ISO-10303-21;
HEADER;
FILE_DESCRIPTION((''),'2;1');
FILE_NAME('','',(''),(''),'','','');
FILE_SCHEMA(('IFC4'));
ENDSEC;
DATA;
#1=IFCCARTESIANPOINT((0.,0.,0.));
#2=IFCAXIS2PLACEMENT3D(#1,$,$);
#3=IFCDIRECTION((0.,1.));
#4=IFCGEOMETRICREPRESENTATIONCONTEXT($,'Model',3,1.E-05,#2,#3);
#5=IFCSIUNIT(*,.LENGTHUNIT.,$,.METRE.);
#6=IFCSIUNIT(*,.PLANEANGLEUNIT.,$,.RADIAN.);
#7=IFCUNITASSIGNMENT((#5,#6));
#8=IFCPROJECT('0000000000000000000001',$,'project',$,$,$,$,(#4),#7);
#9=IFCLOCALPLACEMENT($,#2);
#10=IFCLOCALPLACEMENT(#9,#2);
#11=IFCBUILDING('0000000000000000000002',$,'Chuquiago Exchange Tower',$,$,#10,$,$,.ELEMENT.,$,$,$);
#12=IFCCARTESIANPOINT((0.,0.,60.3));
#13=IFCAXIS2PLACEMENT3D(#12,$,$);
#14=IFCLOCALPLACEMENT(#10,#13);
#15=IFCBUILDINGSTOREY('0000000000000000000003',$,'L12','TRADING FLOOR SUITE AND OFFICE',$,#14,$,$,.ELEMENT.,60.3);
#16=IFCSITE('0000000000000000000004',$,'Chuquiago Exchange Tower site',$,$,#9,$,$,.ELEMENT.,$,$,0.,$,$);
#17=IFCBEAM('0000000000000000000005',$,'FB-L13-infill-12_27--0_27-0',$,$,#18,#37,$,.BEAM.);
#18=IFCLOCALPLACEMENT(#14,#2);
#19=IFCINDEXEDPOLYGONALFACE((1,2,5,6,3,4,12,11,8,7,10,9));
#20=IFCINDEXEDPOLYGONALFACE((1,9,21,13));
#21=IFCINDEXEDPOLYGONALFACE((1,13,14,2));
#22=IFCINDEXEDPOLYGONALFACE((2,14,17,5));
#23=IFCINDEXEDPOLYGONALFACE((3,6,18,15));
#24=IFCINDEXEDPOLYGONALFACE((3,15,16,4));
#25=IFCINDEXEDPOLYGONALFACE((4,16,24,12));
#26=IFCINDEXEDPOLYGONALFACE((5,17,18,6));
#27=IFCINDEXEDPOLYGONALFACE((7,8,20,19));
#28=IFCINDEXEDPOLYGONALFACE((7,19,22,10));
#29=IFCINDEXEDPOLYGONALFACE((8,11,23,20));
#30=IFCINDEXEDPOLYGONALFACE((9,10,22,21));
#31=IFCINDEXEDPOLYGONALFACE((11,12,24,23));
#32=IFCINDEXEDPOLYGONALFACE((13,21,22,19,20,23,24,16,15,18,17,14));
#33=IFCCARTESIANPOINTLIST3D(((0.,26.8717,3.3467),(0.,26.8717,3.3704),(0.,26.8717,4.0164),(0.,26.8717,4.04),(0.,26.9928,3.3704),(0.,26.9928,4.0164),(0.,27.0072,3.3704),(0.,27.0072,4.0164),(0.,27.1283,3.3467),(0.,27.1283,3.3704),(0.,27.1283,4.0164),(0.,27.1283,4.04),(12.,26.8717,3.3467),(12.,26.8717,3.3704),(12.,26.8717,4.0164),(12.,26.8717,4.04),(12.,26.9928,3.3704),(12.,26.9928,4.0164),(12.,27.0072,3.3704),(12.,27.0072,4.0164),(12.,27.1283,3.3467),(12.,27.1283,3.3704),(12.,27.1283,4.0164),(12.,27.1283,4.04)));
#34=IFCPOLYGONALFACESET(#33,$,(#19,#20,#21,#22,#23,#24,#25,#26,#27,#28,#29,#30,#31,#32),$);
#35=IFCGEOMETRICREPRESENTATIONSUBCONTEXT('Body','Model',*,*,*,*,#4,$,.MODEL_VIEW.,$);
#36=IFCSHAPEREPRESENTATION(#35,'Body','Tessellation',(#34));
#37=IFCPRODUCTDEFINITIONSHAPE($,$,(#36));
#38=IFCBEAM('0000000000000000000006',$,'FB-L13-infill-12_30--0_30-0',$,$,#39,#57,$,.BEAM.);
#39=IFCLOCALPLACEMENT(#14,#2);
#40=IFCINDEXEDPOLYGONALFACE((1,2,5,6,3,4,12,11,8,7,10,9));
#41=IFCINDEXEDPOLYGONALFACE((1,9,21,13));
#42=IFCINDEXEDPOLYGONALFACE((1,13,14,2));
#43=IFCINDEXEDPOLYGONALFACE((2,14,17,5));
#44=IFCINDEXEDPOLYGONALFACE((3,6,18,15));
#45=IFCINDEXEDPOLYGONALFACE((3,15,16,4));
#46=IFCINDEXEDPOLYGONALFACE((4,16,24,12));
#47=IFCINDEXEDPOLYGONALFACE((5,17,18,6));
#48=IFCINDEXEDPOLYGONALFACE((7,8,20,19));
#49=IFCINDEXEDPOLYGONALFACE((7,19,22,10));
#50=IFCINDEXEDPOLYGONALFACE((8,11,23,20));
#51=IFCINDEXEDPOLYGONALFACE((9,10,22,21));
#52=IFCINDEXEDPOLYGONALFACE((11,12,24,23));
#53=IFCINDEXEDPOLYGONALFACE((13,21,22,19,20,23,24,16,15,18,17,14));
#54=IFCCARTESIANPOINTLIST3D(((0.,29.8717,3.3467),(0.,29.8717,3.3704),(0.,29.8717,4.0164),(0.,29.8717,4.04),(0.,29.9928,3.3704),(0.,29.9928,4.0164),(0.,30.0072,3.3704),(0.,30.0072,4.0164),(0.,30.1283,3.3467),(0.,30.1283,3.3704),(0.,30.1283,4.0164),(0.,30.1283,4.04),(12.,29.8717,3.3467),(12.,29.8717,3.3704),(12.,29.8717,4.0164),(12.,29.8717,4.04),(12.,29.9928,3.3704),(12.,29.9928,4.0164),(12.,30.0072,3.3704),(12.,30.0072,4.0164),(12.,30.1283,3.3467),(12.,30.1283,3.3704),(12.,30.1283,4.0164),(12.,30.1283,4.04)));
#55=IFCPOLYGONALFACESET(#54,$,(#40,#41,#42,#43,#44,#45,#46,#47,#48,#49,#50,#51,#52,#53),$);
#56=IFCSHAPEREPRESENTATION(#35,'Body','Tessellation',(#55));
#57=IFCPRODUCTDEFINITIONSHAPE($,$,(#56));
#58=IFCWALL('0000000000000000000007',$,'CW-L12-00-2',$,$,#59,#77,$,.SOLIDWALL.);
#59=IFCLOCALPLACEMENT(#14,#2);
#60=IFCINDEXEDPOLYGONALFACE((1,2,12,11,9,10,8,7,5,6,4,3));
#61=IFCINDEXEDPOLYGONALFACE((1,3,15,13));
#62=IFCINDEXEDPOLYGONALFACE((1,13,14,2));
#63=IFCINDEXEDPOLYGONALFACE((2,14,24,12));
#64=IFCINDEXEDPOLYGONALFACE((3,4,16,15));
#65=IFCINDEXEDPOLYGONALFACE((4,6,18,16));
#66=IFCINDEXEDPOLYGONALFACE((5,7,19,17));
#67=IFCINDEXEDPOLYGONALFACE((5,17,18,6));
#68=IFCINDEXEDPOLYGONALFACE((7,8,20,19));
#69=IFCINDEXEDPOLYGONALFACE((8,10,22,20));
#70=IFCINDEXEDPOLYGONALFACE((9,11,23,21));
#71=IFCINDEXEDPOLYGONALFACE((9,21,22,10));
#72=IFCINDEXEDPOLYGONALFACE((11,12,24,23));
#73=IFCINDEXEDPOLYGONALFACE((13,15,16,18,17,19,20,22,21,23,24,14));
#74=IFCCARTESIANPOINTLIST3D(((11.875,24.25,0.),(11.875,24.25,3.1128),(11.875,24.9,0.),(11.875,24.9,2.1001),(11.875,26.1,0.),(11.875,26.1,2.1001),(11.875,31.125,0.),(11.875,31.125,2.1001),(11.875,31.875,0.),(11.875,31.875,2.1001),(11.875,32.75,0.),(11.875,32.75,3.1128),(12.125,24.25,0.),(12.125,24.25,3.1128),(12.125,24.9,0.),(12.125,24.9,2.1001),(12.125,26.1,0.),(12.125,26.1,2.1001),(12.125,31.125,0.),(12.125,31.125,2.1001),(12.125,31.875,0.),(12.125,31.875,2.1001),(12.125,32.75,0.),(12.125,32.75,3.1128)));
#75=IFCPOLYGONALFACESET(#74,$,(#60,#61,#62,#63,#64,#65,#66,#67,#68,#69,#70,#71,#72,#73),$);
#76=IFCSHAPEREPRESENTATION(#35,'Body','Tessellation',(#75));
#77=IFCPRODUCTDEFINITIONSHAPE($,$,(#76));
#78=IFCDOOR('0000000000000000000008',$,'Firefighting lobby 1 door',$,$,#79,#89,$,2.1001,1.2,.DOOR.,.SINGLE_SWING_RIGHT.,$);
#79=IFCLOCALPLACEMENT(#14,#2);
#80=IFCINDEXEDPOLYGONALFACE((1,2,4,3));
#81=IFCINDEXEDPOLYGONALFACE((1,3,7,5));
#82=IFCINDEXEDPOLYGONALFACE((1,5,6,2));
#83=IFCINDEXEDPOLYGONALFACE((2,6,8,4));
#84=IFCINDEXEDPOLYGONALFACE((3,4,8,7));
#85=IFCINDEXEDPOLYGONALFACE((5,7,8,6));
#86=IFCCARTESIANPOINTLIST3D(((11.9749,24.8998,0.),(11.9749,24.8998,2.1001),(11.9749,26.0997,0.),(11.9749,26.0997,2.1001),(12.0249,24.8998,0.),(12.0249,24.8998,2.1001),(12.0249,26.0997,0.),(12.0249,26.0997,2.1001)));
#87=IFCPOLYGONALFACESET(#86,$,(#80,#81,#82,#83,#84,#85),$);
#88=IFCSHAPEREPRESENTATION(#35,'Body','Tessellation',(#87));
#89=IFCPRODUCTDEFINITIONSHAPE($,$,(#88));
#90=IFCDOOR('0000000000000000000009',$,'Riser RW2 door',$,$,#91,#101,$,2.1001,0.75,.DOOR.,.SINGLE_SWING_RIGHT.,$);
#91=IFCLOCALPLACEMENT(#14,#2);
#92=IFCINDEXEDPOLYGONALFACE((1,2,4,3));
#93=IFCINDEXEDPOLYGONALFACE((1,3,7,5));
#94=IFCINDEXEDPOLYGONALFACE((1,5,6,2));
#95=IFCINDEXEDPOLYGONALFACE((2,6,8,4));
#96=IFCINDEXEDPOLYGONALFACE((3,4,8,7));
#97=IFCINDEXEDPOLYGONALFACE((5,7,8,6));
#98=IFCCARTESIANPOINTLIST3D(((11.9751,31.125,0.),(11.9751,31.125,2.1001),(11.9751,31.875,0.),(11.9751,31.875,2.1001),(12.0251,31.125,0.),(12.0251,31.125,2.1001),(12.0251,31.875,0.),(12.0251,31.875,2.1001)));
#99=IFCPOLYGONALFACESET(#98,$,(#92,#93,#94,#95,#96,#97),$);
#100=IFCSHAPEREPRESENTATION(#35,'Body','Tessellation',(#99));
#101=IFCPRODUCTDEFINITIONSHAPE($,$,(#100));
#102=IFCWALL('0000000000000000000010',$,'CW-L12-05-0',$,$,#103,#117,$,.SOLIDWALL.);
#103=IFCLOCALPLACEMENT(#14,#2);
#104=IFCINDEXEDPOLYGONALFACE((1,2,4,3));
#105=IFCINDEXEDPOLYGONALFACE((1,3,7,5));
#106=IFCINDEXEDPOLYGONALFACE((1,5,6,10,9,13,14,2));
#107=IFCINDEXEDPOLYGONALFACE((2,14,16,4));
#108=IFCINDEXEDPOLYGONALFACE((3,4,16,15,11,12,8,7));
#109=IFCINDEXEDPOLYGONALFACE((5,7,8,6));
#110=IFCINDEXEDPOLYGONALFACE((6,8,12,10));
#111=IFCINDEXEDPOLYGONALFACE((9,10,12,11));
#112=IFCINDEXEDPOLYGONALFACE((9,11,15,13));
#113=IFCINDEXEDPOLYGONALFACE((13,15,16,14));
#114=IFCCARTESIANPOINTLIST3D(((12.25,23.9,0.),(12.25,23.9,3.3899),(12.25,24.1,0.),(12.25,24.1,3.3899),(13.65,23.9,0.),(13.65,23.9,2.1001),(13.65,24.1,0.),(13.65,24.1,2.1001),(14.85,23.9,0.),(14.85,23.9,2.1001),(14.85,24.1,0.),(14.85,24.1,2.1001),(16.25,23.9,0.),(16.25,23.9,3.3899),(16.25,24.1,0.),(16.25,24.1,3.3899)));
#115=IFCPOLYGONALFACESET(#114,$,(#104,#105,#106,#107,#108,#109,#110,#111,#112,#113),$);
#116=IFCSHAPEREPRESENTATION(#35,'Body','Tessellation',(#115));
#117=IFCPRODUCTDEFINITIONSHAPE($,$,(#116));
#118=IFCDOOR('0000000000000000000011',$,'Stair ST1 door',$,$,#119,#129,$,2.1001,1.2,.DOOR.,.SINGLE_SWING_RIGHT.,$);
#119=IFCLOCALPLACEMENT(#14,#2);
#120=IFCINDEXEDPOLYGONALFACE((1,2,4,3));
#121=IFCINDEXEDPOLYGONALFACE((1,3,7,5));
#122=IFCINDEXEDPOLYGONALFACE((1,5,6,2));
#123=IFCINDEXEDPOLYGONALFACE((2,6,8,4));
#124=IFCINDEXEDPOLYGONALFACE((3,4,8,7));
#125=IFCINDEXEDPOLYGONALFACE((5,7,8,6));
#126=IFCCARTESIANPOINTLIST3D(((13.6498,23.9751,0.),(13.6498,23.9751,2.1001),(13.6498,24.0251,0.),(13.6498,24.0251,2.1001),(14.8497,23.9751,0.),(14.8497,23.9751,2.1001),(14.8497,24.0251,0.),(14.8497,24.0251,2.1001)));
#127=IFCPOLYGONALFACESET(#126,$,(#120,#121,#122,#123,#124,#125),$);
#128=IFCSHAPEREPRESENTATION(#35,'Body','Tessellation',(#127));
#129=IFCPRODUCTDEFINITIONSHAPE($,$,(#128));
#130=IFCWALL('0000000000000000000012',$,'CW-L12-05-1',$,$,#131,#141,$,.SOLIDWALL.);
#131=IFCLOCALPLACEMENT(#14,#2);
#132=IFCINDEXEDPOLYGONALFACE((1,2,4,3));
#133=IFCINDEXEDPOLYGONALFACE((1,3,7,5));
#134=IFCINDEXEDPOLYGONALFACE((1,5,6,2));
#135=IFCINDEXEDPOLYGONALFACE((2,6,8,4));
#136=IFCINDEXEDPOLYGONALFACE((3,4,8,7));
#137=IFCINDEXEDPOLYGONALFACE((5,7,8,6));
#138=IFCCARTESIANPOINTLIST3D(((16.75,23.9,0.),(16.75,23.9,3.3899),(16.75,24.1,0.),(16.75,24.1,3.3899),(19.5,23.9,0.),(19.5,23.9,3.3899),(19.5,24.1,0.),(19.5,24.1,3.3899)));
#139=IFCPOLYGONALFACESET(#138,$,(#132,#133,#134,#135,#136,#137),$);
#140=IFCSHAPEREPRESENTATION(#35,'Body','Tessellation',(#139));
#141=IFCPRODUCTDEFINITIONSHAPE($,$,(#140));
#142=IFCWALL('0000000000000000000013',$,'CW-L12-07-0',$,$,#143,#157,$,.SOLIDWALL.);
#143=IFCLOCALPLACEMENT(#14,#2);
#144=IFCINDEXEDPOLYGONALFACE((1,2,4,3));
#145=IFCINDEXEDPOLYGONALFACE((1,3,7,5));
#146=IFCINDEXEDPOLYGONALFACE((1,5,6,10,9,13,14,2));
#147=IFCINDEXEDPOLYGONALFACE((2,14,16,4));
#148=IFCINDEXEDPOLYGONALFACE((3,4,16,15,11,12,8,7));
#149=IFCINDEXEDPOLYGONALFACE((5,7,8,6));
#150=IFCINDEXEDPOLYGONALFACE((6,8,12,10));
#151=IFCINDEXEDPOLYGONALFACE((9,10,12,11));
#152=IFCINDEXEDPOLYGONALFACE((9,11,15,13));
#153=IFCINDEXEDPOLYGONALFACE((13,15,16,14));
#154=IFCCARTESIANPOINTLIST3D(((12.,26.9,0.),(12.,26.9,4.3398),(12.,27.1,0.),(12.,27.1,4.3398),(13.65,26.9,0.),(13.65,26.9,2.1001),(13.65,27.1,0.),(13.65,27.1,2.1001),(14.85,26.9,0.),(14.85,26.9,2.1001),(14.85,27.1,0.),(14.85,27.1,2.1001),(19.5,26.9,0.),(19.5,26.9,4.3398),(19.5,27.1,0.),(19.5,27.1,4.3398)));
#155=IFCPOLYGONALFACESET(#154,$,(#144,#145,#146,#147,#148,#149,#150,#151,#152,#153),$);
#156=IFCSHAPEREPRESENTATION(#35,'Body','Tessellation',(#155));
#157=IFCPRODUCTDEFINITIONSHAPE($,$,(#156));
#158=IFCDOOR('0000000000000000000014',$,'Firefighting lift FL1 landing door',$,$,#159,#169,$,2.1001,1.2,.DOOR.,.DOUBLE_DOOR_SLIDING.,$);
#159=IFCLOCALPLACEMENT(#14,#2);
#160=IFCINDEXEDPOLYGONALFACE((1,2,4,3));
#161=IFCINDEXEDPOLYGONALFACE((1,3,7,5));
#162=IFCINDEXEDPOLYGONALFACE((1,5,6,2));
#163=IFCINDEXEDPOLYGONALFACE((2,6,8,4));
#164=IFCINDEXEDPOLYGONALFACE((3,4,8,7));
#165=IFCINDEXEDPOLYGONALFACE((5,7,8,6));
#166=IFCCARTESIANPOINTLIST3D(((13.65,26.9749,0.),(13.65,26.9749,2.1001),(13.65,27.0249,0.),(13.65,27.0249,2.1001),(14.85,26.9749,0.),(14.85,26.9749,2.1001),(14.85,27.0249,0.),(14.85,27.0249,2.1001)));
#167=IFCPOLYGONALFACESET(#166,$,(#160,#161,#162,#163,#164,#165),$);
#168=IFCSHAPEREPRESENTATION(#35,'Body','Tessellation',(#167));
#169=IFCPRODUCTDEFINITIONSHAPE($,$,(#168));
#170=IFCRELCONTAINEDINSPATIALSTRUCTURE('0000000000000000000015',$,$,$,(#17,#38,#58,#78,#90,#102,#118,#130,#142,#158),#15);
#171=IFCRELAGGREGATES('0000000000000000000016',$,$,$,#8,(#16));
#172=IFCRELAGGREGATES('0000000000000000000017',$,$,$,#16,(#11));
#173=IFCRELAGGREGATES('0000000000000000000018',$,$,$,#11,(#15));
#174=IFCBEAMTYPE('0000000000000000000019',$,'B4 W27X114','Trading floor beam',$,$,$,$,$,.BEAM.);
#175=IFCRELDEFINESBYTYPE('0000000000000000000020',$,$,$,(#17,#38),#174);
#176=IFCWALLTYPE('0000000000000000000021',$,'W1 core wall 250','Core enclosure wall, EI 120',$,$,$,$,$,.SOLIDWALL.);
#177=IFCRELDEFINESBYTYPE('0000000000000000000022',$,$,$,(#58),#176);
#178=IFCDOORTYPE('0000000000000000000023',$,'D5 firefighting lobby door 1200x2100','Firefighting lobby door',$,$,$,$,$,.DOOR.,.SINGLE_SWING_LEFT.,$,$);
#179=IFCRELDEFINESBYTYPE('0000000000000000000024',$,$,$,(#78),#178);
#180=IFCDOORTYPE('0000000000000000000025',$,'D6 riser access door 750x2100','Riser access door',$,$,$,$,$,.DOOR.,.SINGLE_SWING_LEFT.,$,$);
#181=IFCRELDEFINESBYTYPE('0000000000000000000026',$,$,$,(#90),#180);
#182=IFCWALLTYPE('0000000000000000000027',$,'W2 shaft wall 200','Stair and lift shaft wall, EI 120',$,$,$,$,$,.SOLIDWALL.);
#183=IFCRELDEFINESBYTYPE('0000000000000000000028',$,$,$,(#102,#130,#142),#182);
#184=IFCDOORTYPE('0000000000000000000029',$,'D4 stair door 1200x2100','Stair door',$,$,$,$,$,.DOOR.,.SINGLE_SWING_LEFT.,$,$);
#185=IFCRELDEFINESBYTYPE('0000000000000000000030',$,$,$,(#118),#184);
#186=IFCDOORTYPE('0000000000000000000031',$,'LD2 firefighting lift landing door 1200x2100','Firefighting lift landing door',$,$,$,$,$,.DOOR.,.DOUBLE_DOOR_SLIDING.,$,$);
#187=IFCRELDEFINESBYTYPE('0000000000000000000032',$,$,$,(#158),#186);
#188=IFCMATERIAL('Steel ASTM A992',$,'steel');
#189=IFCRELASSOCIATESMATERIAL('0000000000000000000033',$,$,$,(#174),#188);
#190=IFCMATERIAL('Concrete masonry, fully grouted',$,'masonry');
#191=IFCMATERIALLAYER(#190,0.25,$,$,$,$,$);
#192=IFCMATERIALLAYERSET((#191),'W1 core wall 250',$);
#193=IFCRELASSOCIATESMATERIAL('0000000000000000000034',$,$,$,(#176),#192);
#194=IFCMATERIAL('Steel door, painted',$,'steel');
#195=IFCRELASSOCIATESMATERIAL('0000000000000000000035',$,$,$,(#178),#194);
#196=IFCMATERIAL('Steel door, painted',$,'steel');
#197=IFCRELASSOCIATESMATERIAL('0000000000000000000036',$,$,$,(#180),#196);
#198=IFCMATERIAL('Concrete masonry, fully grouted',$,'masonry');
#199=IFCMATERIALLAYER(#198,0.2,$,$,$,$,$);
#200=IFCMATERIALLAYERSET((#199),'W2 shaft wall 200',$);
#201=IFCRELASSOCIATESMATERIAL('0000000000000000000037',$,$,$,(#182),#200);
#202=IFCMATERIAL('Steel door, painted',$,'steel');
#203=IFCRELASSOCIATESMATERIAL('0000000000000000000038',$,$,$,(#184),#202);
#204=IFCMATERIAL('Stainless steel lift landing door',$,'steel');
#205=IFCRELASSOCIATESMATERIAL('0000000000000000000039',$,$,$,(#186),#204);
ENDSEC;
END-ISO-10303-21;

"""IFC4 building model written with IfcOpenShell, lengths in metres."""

from ifc_helpers import new_model, si_unit, direction, frame, frame_2d, origin, origin_2d, place, context, subcontext, project, spatial, rectangle, i_section, extrude, material, layer, layer_set, material_profile, profile_set, type_object, element, fill, save


model = new_model("IFC4")

# Units and contexts
model_context = context("Model", 3, precision=1e-05, world=origin(), true_north=direction((0.0, 1.0)))
body_context = subcontext(model_context, "Body", "Model", "MODEL_VIEW")
ifc_project = project(units=[si_unit("LENGTHUNIT", "METRE"), si_unit("PLANEANGLEUNIT", "RADIAN")], contexts=[model_context])

# Site, building, storey
site_placement = place(None, origin())
site = spatial("IfcSite", under=ifc_project, at=site_placement, Name="Chuquiago Exchange Tower site", CompositionType="ELEMENT", RefElevation=0.0)
building_placement = place(site_placement, origin())
building = spatial("IfcBuilding", under=site, at=building_placement, Name="Chuquiago Exchange Tower", CompositionType="ELEMENT")
storey_placement = place(building_placement, frame((0.0, 0.0, 60.3)))
storey = spatial("IfcBuildingStorey", under=building, at=storey_placement, Name="L12", Description="TRADING FLOOR SUITE AND OFFICE", CompositionType="ELEMENT", Elevation=60.3)

# Beams
ifc_material_1 = material(Name="Steel ASTM A992", Category="steel")
ifc_material_profile_1 = material_profile(ifc_material_1, i_section(OverallWidth=0.2566, OverallDepth=0.6934, WebThickness=0.0144, FlangeThickness=0.0237, at=origin_2d()), Name="W27X114")
ifc_profile_set_1 = profile_set([ifc_material_profile_1], Name="Steel ASTM A992")
beam_type_1 = type_object("IfcBeamType", Name="B4 W27X114", Description="Trading floor beam", PredefinedType="BEAM", material=ifc_profile_set_1)
for number, where, z_axis, x_axis, name in (
    (1, (12.0, 27.0, 3.6934), (-1.0, 0.0, 0.0), (0.0, -1.0, 0.0), "FB-L13-infill-12_27--0_27-0"),
    (2, (12.0, 30.0, 3.6934), (-1.0, 0.0, 0.0), (0.0, -1.0, 0.0), "FB-L13-infill-12_30--0_30-0"),
):
    element("IfcBeam", number, at=place(storey_placement, frame(where, z_axis=z_axis, x_axis=x_axis)), inside=storey, type_object=beam_type_1, Name=name, PredefinedType="BEAM", context=body_context, shape_type="SweptSolid", body=[
        extrude(i_section(OverallWidth=0.2566, OverallDepth=0.6934, WebThickness=0.0144, FlangeThickness=0.0237, at=origin_2d()), origin(), (0.0, 0.0, 1.0), 12.0),
    ])

# Wall, openings, doors
ifc_material_2 = material(Name="Concrete masonry, fully grouted", Category="masonry")
ifc_layer_1 = layer(ifc_material_2, 0.25)
ifc_layer_set_1 = layer_set([ifc_layer_1], Name="W1 core wall 250")
wall_type_1 = type_object("IfcWallType", Name="W1 core wall 250", Description="Core enclosure wall, EI 120", PredefinedType="SOLIDWALL", material=ifc_layer_set_1)
wall_1_placement = place(storey_placement, frame((12.0, 24.25, 0.0), z_axis=(0.0, 0.0, 1.0), x_axis=(0.0, 1.0, 0.0)))
wall_1 = element("IfcWall", 3, at=wall_1_placement, inside=storey, type_object=wall_type_1, Name="CW-L12-00-2", PredefinedType="SOLIDWALL", context=body_context, shape_type="SweptSolid", body=[
    extrude(rectangle(XDim=8.5, YDim=0.25, at=frame_2d((4.25, 0.0))), origin(), (0.0, 0.0, 1.0), 3.1128),
])
opening_1_placement = place(wall_1_placement, frame((0.6499, 0.0, 0.0)))
opening_1 = element("IfcOpeningElement", 4, at=opening_1_placement, cuts=wall_1, PredefinedType="OPENING", context=body_context, shape_type="SweptSolid", body=[
    extrude(rectangle(XDim=1.2, YDim=2.1001, at=frame_2d((0.6001, 1.05))), frame((0.0, 0.135, 0.0), z_axis=(0.0, -1.0, 0.0), x_axis=(1.0, 0.0, 0.0)), (0.0, 0.0, 1.0), 0.27),
])
opening_2_placement = place(wall_1_placement, frame((6.875, 0.0, 0.0)))
opening_2 = element("IfcOpeningElement", 5, at=opening_2_placement, cuts=wall_1, PredefinedType="OPENING", context=body_context, shape_type="SweptSolid", body=[
    extrude(rectangle(XDim=0.75, YDim=2.1001, at=frame_2d((0.375, 1.05))), frame((0.0, 0.135, 0.0), z_axis=(0.0, -1.0, 0.0), x_axis=(1.0, 0.0, 0.0)), (0.0, 0.0, 1.0), 0.27),
])
ifc_material_3 = material(Name="Steel door, painted", Category="steel")
door_type_1 = type_object("IfcDoorType", Name="D5 firefighting lobby door 1200x2100", Description="Firefighting lobby door", OperationType="SINGLE_SWING_LEFT", PredefinedType="DOOR", material=ifc_material_3)
door_1_placement = place(opening_1_placement, frame((1.2, 0.0, 0.0), z_axis=(0.0, 0.0, 1.0), x_axis=(-1.0, 0.0, 0.0)))
door_1 = element("IfcDoor", 6, at=door_1_placement, inside=storey, type_object=door_type_1, Name="Firefighting lobby 1 door", OperationType="SINGLE_SWING_RIGHT", OverallHeight=2.1001, OverallWidth=1.2, PredefinedType="DOOR", context=body_context, shape_type="SweptSolid", body=[
    extrude(rectangle(XDim=1.2, YDim=2.1001, at=frame_2d((0.6001, 1.05))), frame((0.0, 0.0249, 0.0), z_axis=(0.0, -1.0, 0.0), x_axis=(1.0, 0.0, 0.0)), (0.0, 0.0, 1.0), 0.05),
])
fill(opening_1, door_1)
ifc_material_4 = material(Name="Steel door, painted", Category="steel")
door_type_2 = type_object("IfcDoorType", Name="D6 riser access door 750x2100", Description="Riser access door", OperationType="SINGLE_SWING_LEFT", PredefinedType="DOOR", material=ifc_material_4)
door_2_placement = place(opening_2_placement, origin())
door_2 = element("IfcDoor", 7, at=door_2_placement, inside=storey, type_object=door_type_2, Name="Riser RW2 door", OperationType="SINGLE_SWING_RIGHT", OverallHeight=2.1001, OverallWidth=0.75, PredefinedType="DOOR", context=body_context, shape_type="SweptSolid", body=[
    extrude(rectangle(XDim=0.75, YDim=2.1001, at=frame_2d((0.375, 1.05))), frame((0.0, 0.0249, 0.0), z_axis=(0.0, -1.0, 0.0), x_axis=(1.0, 0.0, 0.0)), (0.0, 0.0, 1.0), 0.05),
])
fill(opening_2, door_2)

# Wall, opening, door
ifc_material_5 = material(Name="Concrete masonry, fully grouted", Category="masonry")
ifc_layer_2 = layer(ifc_material_5, 0.2)
ifc_layer_set_2 = layer_set([ifc_layer_2], Name="W2 shaft wall 200")
wall_type_2 = type_object("IfcWallType", Name="W2 shaft wall 200", Description="Stair and lift shaft wall, EI 120", PredefinedType="SOLIDWALL", material=ifc_layer_set_2)
wall_2_placement = place(storey_placement, frame((12.25, 24.0, 0.0), z_axis=(0.0, 0.0, 1.0), x_axis=(1.0, 0.0, 0.0)))
wall_2 = element("IfcWall", 8, at=wall_2_placement, inside=storey, type_object=wall_type_2, Name="CW-L12-05-0", PredefinedType="SOLIDWALL", context=body_context, shape_type="SweptSolid", body=[
    extrude(rectangle(XDim=4.0, YDim=0.2, at=frame_2d((2.0, 0.0))), origin(), (0.0, 0.0, 1.0), 3.3899),
])
opening_3_placement = place(wall_2_placement, frame((1.3999, 0.0, 0.0)))
opening_3 = element("IfcOpeningElement", 9, at=opening_3_placement, cuts=wall_2, PredefinedType="OPENING", context=body_context, shape_type="SweptSolid", body=[
    extrude(rectangle(XDim=1.2, YDim=2.1001, at=frame_2d((0.6001, 1.05))), frame((0.0, 0.1099, 0.0), z_axis=(0.0, -1.0, 0.0), x_axis=(1.0, 0.0, 0.0)), (0.0, 0.0, 1.0), 0.22),
])
ifc_material_6 = material(Name="Steel door, painted", Category="steel")
door_type_3 = type_object("IfcDoorType", Name="D4 stair door 1200x2100", Description="Stair door", OperationType="SINGLE_SWING_LEFT", PredefinedType="DOOR", material=ifc_material_6)
door_3_placement = place(opening_3_placement, frame((1.2, 0.0, 0.0), z_axis=(0.0, 0.0, 1.0), x_axis=(-1.0, 0.0, 0.0)))
door_3 = element("IfcDoor", 10, at=door_3_placement, inside=storey, type_object=door_type_3, Name="Stair ST1 door", OperationType="SINGLE_SWING_RIGHT", OverallHeight=2.1001, OverallWidth=1.2, PredefinedType="DOOR", context=body_context, shape_type="SweptSolid", body=[
    extrude(rectangle(XDim=1.2, YDim=2.1001, at=frame_2d((0.6001, 1.05))), frame((0.0, 0.0249, 0.0), z_axis=(0.0, -1.0, 0.0), x_axis=(1.0, 0.0, 0.0)), (0.0, 0.0, 1.0), 0.05),
])
fill(opening_3, door_3)

# Wall
wall_3_placement = place(storey_placement, frame((16.75, 24.0, 0.0), z_axis=(0.0, 0.0, 1.0), x_axis=(1.0, 0.0, 0.0)))
element("IfcWall", 11, at=wall_3_placement, inside=storey, type_object=wall_type_2, Name="CW-L12-05-1", PredefinedType="SOLIDWALL", context=body_context, shape_type="SweptSolid", body=[
    extrude(rectangle(XDim=2.75, YDim=0.2, at=frame_2d((1.375, 0.0))), origin(), (0.0, 0.0, 1.0), 3.3899),
])

# Wall, opening, door
wall_4_placement = place(storey_placement, frame((12.0, 27.0, 0.0), z_axis=(0.0, 0.0, 1.0), x_axis=(1.0, 0.0, 0.0)))
wall_4 = element("IfcWall", 12, at=wall_4_placement, inside=storey, type_object=wall_type_2, Name="CW-L12-07-0", PredefinedType="SOLIDWALL", context=body_context, shape_type="SweptSolid", body=[
    extrude(rectangle(XDim=7.5, YDim=0.2, at=frame_2d((3.75, 0.0))), origin(), (0.0, 0.0, 1.0), 4.3398),
])
opening_4_placement = place(wall_4_placement, frame((1.6499, 0.0, 0.0)))
opening_4 = element("IfcOpeningElement", 13, at=opening_4_placement, cuts=wall_4, PredefinedType="OPENING", context=body_context, shape_type="SweptSolid", body=[
    extrude(rectangle(XDim=1.2, YDim=2.1001, at=frame_2d((0.6001, 1.05))), frame((0.0, 0.1099, 0.0), z_axis=(0.0, -1.0, 0.0), x_axis=(1.0, 0.0, 0.0)), (0.0, 0.0, 1.0), 0.22),
])
ifc_material_7 = material(Name="Stainless steel lift landing door", Category="steel")
door_type_4 = type_object("IfcDoorType", Name="LD2 firefighting lift landing door 1200x2100", Description="Firefighting lift landing door", OperationType="DOUBLE_DOOR_SLIDING", PredefinedType="DOOR", material=ifc_material_7)
door_4_placement = place(opening_4_placement, origin())
door_4 = element("IfcDoor", 14, at=door_4_placement, inside=storey, type_object=door_type_4, Name="Firefighting lift FL1 landing door", OperationType="DOUBLE_DOOR_SLIDING", OverallHeight=2.1001, OverallWidth=1.2, PredefinedType="DOOR", context=body_context, shape_type="SweptSolid", body=[
    extrude(rectangle(XDim=1.2, YDim=2.1001, at=frame_2d((0.6001, 1.05))), frame((0.0, 0.0249, 0.0), z_axis=(0.0, -1.0, 0.0), x_axis=(1.0, 0.0, 0.0)), (0.0, 0.0, 1.0), 0.05),
])
fill(opening_4, door_4)

save(model, "model.ifc")
